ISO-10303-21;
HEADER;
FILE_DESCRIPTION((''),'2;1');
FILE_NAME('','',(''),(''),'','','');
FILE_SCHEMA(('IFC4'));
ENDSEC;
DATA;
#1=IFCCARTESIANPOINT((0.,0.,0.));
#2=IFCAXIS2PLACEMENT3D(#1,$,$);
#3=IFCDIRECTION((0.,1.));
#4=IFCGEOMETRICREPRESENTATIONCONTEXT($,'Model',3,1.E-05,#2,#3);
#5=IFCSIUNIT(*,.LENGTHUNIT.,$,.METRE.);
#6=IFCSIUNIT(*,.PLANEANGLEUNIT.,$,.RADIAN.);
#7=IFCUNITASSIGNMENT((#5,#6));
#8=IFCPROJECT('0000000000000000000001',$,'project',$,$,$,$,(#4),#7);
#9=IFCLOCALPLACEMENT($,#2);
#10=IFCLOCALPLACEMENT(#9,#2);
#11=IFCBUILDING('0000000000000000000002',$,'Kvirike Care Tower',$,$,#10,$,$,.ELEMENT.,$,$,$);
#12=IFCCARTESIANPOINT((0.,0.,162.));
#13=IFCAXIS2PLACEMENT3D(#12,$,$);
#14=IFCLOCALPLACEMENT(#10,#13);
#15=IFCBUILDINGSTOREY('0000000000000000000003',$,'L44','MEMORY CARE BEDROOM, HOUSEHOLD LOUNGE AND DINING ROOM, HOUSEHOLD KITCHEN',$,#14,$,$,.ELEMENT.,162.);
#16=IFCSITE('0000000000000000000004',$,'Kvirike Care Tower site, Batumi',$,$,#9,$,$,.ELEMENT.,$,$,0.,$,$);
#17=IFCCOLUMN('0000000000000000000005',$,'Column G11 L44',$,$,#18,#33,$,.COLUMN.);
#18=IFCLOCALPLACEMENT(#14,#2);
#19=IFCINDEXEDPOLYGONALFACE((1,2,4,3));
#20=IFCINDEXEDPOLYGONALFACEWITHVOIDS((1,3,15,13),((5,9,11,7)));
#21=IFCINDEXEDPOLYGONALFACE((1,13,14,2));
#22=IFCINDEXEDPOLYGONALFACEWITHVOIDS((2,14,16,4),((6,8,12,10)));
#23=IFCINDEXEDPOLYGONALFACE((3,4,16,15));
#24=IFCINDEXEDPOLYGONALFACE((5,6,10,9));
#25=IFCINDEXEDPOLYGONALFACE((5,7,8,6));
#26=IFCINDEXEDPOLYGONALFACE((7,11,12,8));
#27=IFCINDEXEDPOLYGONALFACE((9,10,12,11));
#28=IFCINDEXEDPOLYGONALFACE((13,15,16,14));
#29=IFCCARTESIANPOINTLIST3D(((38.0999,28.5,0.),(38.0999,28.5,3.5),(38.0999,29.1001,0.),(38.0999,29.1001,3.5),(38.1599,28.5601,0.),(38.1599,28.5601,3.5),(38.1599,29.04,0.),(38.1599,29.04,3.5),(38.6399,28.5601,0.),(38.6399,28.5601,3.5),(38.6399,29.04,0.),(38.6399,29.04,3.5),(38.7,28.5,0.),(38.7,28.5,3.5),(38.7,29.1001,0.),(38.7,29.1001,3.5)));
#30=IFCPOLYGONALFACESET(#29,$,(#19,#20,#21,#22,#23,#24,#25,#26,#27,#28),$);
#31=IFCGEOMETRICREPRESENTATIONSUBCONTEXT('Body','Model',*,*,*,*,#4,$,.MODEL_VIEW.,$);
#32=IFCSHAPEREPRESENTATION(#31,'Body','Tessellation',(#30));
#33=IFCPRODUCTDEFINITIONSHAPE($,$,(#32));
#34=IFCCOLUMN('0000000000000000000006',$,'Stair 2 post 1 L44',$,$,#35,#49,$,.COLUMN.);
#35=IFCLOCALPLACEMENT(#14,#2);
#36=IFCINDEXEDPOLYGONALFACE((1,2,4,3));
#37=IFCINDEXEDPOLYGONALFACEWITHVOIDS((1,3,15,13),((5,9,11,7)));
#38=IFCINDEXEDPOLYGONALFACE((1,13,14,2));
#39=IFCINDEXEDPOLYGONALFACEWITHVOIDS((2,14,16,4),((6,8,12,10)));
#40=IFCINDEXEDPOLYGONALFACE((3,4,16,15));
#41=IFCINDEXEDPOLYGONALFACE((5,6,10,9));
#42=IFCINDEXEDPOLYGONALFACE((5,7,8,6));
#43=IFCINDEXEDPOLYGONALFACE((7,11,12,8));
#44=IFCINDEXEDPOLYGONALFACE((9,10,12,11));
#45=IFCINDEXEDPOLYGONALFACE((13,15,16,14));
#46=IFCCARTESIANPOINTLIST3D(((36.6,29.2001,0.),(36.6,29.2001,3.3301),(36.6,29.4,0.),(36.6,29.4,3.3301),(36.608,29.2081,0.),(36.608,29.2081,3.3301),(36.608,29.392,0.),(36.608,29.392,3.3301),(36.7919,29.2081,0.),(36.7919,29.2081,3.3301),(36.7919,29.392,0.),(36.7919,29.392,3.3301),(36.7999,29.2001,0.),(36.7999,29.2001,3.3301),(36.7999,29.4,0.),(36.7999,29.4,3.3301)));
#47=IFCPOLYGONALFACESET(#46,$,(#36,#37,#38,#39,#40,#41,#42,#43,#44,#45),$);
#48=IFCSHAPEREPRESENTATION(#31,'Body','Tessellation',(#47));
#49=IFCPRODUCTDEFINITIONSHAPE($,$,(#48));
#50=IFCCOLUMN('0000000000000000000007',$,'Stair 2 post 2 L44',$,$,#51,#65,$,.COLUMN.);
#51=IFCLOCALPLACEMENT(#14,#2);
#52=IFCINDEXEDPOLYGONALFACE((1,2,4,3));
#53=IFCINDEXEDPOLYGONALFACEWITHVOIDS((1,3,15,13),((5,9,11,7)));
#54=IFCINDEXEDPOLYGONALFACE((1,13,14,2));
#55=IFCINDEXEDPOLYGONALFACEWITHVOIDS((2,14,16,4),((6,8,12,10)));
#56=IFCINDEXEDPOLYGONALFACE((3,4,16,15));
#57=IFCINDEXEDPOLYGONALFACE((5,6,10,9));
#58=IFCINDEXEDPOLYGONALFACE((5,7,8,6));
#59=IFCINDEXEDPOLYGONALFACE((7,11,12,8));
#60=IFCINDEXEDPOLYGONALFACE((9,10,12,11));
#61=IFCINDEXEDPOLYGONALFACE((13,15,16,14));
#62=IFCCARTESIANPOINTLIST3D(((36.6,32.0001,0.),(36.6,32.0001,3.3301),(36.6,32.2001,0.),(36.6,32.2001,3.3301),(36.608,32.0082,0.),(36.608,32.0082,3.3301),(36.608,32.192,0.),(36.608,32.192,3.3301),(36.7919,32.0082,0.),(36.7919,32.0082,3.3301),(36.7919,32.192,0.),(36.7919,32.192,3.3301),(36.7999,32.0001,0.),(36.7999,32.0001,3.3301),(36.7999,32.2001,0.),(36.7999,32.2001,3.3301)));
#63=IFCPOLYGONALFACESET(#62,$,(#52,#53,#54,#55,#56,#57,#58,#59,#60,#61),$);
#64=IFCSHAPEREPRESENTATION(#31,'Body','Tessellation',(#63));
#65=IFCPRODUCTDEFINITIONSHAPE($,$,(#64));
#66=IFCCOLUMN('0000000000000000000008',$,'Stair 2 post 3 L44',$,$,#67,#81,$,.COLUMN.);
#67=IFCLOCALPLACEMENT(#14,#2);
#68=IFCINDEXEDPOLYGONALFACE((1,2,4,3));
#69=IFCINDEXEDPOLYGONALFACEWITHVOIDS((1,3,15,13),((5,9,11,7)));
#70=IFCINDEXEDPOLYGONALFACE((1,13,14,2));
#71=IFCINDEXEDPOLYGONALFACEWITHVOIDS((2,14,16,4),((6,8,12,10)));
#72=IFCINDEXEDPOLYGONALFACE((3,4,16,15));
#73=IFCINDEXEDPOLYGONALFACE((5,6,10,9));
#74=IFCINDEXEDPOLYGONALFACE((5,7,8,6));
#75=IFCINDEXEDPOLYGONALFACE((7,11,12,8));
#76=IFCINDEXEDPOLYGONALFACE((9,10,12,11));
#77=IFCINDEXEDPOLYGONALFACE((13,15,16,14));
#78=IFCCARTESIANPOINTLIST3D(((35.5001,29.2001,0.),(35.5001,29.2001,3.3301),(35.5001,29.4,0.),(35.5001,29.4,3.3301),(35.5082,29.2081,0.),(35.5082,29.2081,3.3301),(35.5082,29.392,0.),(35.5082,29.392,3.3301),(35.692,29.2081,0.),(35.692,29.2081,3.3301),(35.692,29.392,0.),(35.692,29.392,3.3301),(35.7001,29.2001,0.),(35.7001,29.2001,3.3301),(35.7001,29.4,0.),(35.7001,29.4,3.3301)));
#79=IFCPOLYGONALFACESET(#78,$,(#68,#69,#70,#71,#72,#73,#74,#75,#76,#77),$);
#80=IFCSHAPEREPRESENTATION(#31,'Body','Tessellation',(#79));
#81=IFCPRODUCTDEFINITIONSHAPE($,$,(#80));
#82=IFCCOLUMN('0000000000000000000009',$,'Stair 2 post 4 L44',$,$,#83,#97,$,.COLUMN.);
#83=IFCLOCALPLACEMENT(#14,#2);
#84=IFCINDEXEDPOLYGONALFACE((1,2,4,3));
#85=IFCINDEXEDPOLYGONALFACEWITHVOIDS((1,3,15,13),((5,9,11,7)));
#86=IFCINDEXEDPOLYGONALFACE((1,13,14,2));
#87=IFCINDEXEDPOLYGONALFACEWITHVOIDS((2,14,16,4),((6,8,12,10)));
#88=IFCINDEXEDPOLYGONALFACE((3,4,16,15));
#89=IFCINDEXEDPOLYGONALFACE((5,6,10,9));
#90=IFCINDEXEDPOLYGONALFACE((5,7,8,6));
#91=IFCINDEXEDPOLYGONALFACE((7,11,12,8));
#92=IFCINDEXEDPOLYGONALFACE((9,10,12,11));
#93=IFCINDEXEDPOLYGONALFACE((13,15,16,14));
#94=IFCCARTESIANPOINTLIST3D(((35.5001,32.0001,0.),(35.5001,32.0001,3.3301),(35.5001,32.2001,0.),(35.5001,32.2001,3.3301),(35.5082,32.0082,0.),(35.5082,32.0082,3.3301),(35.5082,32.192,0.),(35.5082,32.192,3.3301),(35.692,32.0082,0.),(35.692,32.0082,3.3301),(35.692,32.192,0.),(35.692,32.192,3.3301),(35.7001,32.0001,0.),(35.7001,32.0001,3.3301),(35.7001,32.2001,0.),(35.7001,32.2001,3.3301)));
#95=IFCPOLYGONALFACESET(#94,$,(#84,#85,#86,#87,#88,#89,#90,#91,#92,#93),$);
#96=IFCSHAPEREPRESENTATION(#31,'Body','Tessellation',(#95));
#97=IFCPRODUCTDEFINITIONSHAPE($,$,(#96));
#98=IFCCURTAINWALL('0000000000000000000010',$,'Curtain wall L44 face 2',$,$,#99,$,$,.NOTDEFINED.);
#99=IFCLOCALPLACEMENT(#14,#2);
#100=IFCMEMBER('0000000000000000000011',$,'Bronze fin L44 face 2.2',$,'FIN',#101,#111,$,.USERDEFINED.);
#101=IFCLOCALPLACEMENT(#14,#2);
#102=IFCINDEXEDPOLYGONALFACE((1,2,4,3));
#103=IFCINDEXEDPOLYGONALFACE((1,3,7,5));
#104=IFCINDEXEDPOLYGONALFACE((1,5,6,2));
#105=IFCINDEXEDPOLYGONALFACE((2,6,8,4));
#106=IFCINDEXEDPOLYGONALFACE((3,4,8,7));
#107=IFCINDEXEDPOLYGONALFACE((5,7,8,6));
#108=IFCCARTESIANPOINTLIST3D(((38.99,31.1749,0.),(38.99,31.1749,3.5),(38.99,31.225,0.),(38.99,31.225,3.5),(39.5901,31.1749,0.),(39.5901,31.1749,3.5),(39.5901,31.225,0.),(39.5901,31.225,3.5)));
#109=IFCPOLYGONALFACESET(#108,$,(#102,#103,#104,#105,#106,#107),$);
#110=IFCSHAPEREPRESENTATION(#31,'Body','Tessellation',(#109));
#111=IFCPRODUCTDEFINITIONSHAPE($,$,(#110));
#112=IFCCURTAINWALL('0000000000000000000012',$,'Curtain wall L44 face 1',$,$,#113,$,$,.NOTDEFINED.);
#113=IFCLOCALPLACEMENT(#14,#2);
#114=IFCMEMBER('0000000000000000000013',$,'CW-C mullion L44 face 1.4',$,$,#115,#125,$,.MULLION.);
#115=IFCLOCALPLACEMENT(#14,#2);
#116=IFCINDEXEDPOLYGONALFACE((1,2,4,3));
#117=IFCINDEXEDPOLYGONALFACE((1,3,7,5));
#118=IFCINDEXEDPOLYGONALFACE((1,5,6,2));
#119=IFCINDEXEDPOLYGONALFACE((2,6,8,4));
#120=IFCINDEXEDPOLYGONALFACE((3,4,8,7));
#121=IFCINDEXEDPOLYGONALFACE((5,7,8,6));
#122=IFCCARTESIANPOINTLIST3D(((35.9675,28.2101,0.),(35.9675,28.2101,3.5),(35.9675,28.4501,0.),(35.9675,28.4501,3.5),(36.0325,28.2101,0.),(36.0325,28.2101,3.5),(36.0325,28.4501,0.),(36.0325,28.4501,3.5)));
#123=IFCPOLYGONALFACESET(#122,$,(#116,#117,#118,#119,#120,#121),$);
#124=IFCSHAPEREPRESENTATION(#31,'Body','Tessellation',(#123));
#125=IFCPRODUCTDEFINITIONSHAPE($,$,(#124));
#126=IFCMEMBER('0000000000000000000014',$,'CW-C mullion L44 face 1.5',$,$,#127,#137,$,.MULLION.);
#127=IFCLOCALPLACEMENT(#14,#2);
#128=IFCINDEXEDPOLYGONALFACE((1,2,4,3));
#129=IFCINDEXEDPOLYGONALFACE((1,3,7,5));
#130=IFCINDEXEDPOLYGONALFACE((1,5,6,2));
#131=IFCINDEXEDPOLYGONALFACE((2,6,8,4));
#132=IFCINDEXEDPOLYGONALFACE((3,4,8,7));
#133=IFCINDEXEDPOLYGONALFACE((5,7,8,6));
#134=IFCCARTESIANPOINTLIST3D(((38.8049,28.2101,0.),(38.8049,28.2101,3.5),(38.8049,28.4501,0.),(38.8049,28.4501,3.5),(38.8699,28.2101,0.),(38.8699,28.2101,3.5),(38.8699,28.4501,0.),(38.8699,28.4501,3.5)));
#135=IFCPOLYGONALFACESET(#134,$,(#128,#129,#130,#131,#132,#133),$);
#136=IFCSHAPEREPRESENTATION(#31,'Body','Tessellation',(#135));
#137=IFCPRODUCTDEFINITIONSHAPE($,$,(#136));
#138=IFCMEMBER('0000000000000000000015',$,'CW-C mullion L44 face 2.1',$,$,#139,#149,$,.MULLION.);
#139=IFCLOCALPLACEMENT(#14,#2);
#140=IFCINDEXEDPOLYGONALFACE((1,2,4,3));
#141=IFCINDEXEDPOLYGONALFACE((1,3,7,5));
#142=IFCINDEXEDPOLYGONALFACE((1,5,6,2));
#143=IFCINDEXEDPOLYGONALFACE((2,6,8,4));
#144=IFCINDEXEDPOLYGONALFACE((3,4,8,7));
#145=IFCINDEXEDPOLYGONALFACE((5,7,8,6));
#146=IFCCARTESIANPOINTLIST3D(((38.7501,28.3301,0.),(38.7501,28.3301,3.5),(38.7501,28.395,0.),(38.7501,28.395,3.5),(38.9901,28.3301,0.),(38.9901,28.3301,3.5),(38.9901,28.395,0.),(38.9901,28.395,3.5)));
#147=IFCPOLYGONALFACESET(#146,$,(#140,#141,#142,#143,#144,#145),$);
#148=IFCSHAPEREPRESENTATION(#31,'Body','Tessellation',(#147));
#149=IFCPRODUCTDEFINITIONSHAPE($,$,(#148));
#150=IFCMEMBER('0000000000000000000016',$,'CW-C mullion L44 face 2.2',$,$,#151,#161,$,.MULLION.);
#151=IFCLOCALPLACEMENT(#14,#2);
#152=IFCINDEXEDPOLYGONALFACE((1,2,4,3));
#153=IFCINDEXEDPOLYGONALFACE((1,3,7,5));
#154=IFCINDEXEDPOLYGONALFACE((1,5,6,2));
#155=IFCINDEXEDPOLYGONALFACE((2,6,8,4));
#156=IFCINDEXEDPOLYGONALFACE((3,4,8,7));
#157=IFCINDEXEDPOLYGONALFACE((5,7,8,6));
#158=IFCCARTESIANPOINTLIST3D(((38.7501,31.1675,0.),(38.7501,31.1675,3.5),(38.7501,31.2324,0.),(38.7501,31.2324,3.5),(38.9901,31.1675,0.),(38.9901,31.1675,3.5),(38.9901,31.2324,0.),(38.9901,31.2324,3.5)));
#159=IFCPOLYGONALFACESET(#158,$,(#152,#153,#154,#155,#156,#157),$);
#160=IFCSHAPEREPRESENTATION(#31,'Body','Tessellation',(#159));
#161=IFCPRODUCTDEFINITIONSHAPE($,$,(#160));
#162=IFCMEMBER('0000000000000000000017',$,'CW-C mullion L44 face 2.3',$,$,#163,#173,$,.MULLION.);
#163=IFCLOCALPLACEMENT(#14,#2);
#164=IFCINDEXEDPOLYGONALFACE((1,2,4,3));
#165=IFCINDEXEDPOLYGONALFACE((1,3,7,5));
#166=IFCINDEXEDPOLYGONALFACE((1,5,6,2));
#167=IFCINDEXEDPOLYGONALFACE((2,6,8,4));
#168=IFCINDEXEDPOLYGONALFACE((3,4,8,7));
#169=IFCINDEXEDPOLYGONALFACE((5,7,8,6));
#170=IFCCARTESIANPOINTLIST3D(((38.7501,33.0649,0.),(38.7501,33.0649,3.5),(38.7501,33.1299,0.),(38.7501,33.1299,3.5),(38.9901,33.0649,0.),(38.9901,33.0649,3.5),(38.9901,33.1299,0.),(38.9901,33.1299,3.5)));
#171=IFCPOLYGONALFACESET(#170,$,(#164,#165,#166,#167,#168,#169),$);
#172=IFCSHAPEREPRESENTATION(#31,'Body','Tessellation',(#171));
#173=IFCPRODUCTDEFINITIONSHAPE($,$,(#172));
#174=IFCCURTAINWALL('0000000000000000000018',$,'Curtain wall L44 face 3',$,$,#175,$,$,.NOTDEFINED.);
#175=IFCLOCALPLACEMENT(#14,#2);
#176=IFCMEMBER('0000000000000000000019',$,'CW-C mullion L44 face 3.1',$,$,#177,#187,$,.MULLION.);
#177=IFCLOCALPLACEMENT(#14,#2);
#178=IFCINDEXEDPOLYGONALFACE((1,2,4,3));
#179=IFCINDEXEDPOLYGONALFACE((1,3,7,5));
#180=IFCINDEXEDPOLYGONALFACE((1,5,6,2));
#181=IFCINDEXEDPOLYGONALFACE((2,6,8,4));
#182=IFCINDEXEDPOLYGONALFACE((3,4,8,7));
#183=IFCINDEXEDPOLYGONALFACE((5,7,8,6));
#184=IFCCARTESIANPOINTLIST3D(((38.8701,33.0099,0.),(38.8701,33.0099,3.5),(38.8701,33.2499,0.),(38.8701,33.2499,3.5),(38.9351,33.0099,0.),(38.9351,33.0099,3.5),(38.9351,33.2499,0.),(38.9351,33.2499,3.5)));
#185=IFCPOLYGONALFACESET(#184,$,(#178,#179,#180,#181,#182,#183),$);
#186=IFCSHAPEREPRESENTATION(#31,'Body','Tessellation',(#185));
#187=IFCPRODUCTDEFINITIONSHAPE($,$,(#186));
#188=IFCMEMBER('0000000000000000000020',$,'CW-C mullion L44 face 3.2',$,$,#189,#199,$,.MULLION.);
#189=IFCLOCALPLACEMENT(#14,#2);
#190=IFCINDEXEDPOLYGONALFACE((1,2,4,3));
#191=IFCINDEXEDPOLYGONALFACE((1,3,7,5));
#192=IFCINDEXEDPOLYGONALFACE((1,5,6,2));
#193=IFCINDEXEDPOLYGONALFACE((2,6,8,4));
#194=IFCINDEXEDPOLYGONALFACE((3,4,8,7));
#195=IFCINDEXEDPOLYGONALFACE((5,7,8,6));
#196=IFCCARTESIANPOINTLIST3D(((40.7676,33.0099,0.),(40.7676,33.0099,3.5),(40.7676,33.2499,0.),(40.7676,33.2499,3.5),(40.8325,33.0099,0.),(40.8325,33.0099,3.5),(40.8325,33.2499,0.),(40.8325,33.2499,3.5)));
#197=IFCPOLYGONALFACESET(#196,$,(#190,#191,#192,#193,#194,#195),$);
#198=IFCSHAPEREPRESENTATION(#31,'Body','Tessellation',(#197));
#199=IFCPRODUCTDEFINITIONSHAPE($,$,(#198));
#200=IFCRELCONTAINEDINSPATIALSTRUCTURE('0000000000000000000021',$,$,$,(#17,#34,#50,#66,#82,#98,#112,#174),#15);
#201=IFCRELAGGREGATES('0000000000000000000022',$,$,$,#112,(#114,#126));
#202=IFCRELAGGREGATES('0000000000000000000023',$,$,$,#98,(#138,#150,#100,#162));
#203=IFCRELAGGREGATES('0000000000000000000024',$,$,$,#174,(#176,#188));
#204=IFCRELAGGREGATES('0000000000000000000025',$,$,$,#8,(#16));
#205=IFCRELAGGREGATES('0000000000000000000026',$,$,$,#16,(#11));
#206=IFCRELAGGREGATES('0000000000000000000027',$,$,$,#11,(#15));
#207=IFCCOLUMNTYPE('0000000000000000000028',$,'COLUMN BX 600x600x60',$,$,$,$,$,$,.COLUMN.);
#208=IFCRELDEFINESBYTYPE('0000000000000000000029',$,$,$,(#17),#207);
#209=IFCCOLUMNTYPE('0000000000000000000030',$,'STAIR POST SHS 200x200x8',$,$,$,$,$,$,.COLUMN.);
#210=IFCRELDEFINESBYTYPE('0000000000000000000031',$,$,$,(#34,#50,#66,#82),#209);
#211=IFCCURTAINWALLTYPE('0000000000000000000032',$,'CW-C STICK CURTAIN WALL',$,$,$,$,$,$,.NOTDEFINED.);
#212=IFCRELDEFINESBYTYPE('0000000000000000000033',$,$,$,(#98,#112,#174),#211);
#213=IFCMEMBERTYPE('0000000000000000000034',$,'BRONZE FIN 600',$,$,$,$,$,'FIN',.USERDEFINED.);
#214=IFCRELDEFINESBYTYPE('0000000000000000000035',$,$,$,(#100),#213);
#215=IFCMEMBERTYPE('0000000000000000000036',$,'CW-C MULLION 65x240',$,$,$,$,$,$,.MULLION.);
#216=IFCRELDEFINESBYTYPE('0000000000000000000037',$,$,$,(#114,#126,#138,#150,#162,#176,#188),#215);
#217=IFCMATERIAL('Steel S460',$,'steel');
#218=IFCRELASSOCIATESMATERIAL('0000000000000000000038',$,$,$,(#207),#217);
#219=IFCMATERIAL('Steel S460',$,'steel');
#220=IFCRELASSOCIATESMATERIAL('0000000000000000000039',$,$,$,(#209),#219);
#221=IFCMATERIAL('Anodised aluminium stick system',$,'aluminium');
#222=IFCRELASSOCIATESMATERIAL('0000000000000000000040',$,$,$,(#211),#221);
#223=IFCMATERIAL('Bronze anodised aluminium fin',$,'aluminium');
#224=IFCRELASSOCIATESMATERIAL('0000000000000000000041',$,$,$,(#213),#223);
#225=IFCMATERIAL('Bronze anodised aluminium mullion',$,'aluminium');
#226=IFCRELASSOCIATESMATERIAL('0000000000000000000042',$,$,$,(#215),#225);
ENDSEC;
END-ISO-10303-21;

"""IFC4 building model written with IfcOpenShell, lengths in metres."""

from ifc_helpers import new_model, si_unit, direction, frame, origin, origin_2d, place, context, subcontext, project, spatial, rectangle, hollow_rectangle, extrude, material, material_profile, profile_set, type_object, element, aggregate, save


model = new_model("IFC4")

# Units and contexts
model_context = context("Model", 3, precision=1e-05, world=origin(), true_north=direction((0.0, 1.0)))
body_context = subcontext(model_context, "Body", "Model", "MODEL_VIEW")
ifc_project = project(units=[si_unit("LENGTHUNIT", "METRE"), si_unit("PLANEANGLEUNIT", "RADIAN")], contexts=[model_context])

# Site, building, storey
site_placement = place(None, origin())
site = spatial("IfcSite", under=ifc_project, at=site_placement, Name="Kvirike Care Tower site, Batumi", CompositionType="ELEMENT", RefElevation=0.0)
building_placement = place(site_placement, origin())
building = spatial("IfcBuilding", under=site, at=building_placement, Name="Kvirike Care Tower", CompositionType="ELEMENT")
storey_placement = place(building_placement, frame((0.0, 0.0, 162.0)))
storey = spatial("IfcBuildingStorey", under=building, at=storey_placement, Name="L44", Description="MEMORY CARE BEDROOM, HOUSEHOLD LOUNGE AND DINING ROOM, HOUSEHOLD KITCHEN", CompositionType="ELEMENT", Elevation=162.0)

# Columns
ifc_material_1 = material(Name="Steel S460", Category="steel")
ifc_material_profile_1 = material_profile(ifc_material_1, hollow_rectangle(XDim=0.6001, YDim=0.6001, WallThickness=0.0601, at=origin_2d()), Name="BX 600x600x60")
ifc_profile_set_1 = profile_set([ifc_material_profile_1], Name="Steel S460")
column_type_1 = type_object("IfcColumnType", Name="COLUMN BX 600x600x60", PredefinedType="COLUMN", material=ifc_profile_set_1)
column_placement = place(storey_placement, frame((38.3999, 28.8, 0.0), z_axis=(0.0, 0.0, 1.0), x_axis=(0.0, 1.0, 0.0)))
element("IfcColumn", 1, at=column_placement, inside=storey, type_object=column_type_1, Name="Column G11 L44", PredefinedType="COLUMN", context=body_context, shape_type="SweptSolid", body=[
    extrude(hollow_rectangle(XDim=0.6001, YDim=0.6001, WallThickness=0.0601, at=origin_2d()), origin(), (0.0, 0.0, 1.0), 3.5),
])
ifc_material_2 = material(Name="Steel S460", Category="steel")
ifc_material_profile_2 = material_profile(ifc_material_2, hollow_rectangle(XDim=0.2, YDim=0.2, WallThickness=0.0081, at=origin_2d()), Name="SHS 200x200x8")
ifc_profile_set_2 = profile_set([ifc_material_profile_2], Name="Steel S460")
column_type_2 = type_object("IfcColumnType", Name="STAIR POST SHS 200x200x8", PredefinedType="COLUMN", material=ifc_profile_set_2)
for number, where, z_axis, x_axis, name in (
    (2, (36.7, 29.3, 0.0), (0.0, 0.0, 1.0), (1.0, 0.0, 0.0), "Stair 2 post 1 L44"),
    (3, (36.7, 32.1001, 0.0), (0.0, 0.0, 1.0), (1.0, 0.0, 0.0), "Stair 2 post 2 L44"),
    (4, (35.6001, 29.3, 0.0), (0.0, 0.0, 1.0), (1.0, 0.0, 0.0), "Stair 2 post 3 L44"),
    (5, (35.6001, 32.1001, 0.0), (0.0, 0.0, 1.0), (1.0, 0.0, 0.0), "Stair 2 post 4 L44"),
):
    element("IfcColumn", number, at=place(storey_placement, frame(where, z_axis=z_axis, x_axis=x_axis)), inside=storey, type_object=column_type_2, Name=name, PredefinedType="COLUMN", context=body_context, shape_type="SweptSolid", body=[
        extrude(hollow_rectangle(XDim=0.2, YDim=0.2, WallThickness=0.0081, at=origin_2d()), origin(), (0.0, 0.0, 1.0), 3.3301),
    ])

# Curtain wall, member
ifc_material_3 = material(Name="Anodised aluminium stick system", Category="aluminium")
curtain_wall_type = type_object("IfcCurtainWallType", Name="CW-C STICK CURTAIN WALL", PredefinedType="NOTDEFINED", material=ifc_material_3)
curtain_wall_1_placement = place(storey_placement, origin())
curtain_wall_1 = element("IfcCurtainWall", 6, at=curtain_wall_1_placement, inside=storey, type_object=curtain_wall_type, Name="Curtain wall L44 face 2", PredefinedType="NOTDEFINED")
ifc_material_4 = material(Name="Bronze anodised aluminium fin", Category="aluminium")
ifc_material_profile_3 = material_profile(ifc_material_4, rectangle(XDim=0.05, YDim=0.6001, at=origin_2d()), Name="BRONZE FIN 600")
ifc_profile_set_3 = profile_set([ifc_material_profile_3], Name="Bronze anodised aluminium fin")
member_type_1 = type_object("IfcMemberType", Name="BRONZE FIN 600", ElementType="FIN", PredefinedType="USERDEFINED", material=ifc_profile_set_3)
member_1_placement = place(storey_placement, frame((39.29, 31.2, 0.0), z_axis=(0.0, 0.0, 1.0), x_axis=(0.0, 1.0, 0.0)))
member_1 = element("IfcMember", 7, at=member_1_placement, type_object=member_type_1, Name="Bronze fin L44 face 2.2", ObjectType="FIN", PredefinedType="USERDEFINED", context=body_context, shape_type="SweptSolid", body=[
    extrude(rectangle(XDim=0.05, YDim=0.6001, at=origin_2d()), origin(), (0.0, 0.0, 1.0), 3.5),
])

# Curtain wall, members
curtain_wall_2_placement = place(storey_placement, origin())
curtain_wall_2 = element("IfcCurtainWall", 8, at=curtain_wall_2_placement, inside=storey, type_object=curtain_wall_type, Name="Curtain wall L44 face 1", PredefinedType="NOTDEFINED")
ifc_material_5 = material(Name="Bronze anodised aluminium mullion", Category="aluminium")
ifc_material_profile_4 = material_profile(ifc_material_5, rectangle(XDim=0.0649, YDim=0.24, at=origin_2d()), Name="CW-C MULLION 65x240")
ifc_profile_set_4 = profile_set([ifc_material_profile_4], Name="Bronze anodised aluminium mullion")
member_type_2 = type_object("IfcMemberType", Name="CW-C MULLION 65x240", PredefinedType="MULLION", material=ifc_profile_set_4)
member_2_placement = place(storey_placement, frame((36.0, 28.3301, 0.0), z_axis=(0.0, 0.0, 1.0), x_axis=(1.0, 0.0, 0.0)))
member_2 = element("IfcMember", 9, at=member_2_placement, type_object=member_type_2, Name="CW-C mullion L44 face 1.4", PredefinedType="MULLION", context=body_context, shape_type="SweptSolid", body=[
    extrude(rectangle(XDim=0.0649, YDim=0.24, at=origin_2d()), origin(), (0.0, 0.0, 1.0), 3.5),
])
member_3_placement = place(storey_placement, frame((38.8374, 28.3301, 0.0), z_axis=(0.0, 0.0, 1.0), x_axis=(1.0, 0.0, 0.0)))
member_3 = element("IfcMember", 10, at=member_3_placement, type_object=member_type_2, Name="CW-C mullion L44 face 1.5", PredefinedType="MULLION", context=body_context, shape_type="SweptSolid", body=[
    extrude(rectangle(XDim=0.0649, YDim=0.24, at=origin_2d()), origin(), (0.0, 0.0, 1.0), 3.5),
])

# Members
member_4_placement = place(storey_placement, frame((38.8701, 28.3625, 0.0), z_axis=(0.0, 0.0, 1.0), x_axis=(0.0, 1.0, 0.0)))
member_4 = element("IfcMember", 11, at=member_4_placement, type_object=member_type_2, Name="CW-C mullion L44 face 2.1", PredefinedType="MULLION", context=body_context, shape_type="SweptSolid", body=[
    extrude(rectangle(XDim=0.0649, YDim=0.24, at=origin_2d()), origin(), (0.0, 0.0, 1.0), 3.5),
])
member_5_placement = place(storey_placement, frame((38.8701, 31.2, 0.0), z_axis=(0.0, 0.0, 1.0), x_axis=(0.0, 1.0, 0.0)))
member_5 = element("IfcMember", 12, at=member_5_placement, type_object=member_type_2, Name="CW-C mullion L44 face 2.2", PredefinedType="MULLION", context=body_context, shape_type="SweptSolid", body=[
    extrude(rectangle(XDim=0.0649, YDim=0.24, at=origin_2d()), origin(), (0.0, 0.0, 1.0), 3.5),
])
member_6_placement = place(storey_placement, frame((38.8701, 33.0974, 0.0), z_axis=(0.0, 0.0, 1.0), x_axis=(0.0, 1.0, 0.0)))
member_6 = element("IfcMember", 13, at=member_6_placement, type_object=member_type_2, Name="CW-C mullion L44 face 2.3", PredefinedType="MULLION", context=body_context, shape_type="SweptSolid", body=[
    extrude(rectangle(XDim=0.0649, YDim=0.24, at=origin_2d()), origin(), (0.0, 0.0, 1.0), 3.5),
])

# Curtain wall, members
curtain_wall_3_placement = place(storey_placement, origin())
curtain_wall_3 = element("IfcCurtainWall", 14, at=curtain_wall_3_placement, inside=storey, type_object=curtain_wall_type, Name="Curtain wall L44 face 3", PredefinedType="NOTDEFINED")
member_7_placement = place(storey_placement, frame((38.9026, 33.1299, 0.0), z_axis=(0.0, 0.0, 1.0), x_axis=(1.0, 0.0, 0.0)))
member_7 = element("IfcMember", 15, at=member_7_placement, type_object=member_type_2, Name="CW-C mullion L44 face 3.1", PredefinedType="MULLION", context=body_context, shape_type="SweptSolid", body=[
    extrude(rectangle(XDim=0.0649, YDim=0.24, at=origin_2d()), origin(), (0.0, 0.0, 1.0), 3.5),
])
member_8_placement = place(storey_placement, frame((40.8, 33.1299, 0.0), z_axis=(0.0, 0.0, 1.0), x_axis=(1.0, 0.0, 0.0)))
member_8 = element("IfcMember", 16, at=member_8_placement, type_object=member_type_2, Name="CW-C mullion L44 face 3.2", PredefinedType="MULLION", context=body_context, shape_type="SweptSolid", body=[
    extrude(rectangle(XDim=0.0649, YDim=0.24, at=origin_2d()), origin(), (0.0, 0.0, 1.0), 3.5),
])

aggregate(curtain_wall_2, [member_2, member_3])
aggregate(curtain_wall_1, [member_4, member_5, member_1, member_6])
aggregate(curtain_wall_3, [member_7, member_8])

save(model, "model.ifc")
